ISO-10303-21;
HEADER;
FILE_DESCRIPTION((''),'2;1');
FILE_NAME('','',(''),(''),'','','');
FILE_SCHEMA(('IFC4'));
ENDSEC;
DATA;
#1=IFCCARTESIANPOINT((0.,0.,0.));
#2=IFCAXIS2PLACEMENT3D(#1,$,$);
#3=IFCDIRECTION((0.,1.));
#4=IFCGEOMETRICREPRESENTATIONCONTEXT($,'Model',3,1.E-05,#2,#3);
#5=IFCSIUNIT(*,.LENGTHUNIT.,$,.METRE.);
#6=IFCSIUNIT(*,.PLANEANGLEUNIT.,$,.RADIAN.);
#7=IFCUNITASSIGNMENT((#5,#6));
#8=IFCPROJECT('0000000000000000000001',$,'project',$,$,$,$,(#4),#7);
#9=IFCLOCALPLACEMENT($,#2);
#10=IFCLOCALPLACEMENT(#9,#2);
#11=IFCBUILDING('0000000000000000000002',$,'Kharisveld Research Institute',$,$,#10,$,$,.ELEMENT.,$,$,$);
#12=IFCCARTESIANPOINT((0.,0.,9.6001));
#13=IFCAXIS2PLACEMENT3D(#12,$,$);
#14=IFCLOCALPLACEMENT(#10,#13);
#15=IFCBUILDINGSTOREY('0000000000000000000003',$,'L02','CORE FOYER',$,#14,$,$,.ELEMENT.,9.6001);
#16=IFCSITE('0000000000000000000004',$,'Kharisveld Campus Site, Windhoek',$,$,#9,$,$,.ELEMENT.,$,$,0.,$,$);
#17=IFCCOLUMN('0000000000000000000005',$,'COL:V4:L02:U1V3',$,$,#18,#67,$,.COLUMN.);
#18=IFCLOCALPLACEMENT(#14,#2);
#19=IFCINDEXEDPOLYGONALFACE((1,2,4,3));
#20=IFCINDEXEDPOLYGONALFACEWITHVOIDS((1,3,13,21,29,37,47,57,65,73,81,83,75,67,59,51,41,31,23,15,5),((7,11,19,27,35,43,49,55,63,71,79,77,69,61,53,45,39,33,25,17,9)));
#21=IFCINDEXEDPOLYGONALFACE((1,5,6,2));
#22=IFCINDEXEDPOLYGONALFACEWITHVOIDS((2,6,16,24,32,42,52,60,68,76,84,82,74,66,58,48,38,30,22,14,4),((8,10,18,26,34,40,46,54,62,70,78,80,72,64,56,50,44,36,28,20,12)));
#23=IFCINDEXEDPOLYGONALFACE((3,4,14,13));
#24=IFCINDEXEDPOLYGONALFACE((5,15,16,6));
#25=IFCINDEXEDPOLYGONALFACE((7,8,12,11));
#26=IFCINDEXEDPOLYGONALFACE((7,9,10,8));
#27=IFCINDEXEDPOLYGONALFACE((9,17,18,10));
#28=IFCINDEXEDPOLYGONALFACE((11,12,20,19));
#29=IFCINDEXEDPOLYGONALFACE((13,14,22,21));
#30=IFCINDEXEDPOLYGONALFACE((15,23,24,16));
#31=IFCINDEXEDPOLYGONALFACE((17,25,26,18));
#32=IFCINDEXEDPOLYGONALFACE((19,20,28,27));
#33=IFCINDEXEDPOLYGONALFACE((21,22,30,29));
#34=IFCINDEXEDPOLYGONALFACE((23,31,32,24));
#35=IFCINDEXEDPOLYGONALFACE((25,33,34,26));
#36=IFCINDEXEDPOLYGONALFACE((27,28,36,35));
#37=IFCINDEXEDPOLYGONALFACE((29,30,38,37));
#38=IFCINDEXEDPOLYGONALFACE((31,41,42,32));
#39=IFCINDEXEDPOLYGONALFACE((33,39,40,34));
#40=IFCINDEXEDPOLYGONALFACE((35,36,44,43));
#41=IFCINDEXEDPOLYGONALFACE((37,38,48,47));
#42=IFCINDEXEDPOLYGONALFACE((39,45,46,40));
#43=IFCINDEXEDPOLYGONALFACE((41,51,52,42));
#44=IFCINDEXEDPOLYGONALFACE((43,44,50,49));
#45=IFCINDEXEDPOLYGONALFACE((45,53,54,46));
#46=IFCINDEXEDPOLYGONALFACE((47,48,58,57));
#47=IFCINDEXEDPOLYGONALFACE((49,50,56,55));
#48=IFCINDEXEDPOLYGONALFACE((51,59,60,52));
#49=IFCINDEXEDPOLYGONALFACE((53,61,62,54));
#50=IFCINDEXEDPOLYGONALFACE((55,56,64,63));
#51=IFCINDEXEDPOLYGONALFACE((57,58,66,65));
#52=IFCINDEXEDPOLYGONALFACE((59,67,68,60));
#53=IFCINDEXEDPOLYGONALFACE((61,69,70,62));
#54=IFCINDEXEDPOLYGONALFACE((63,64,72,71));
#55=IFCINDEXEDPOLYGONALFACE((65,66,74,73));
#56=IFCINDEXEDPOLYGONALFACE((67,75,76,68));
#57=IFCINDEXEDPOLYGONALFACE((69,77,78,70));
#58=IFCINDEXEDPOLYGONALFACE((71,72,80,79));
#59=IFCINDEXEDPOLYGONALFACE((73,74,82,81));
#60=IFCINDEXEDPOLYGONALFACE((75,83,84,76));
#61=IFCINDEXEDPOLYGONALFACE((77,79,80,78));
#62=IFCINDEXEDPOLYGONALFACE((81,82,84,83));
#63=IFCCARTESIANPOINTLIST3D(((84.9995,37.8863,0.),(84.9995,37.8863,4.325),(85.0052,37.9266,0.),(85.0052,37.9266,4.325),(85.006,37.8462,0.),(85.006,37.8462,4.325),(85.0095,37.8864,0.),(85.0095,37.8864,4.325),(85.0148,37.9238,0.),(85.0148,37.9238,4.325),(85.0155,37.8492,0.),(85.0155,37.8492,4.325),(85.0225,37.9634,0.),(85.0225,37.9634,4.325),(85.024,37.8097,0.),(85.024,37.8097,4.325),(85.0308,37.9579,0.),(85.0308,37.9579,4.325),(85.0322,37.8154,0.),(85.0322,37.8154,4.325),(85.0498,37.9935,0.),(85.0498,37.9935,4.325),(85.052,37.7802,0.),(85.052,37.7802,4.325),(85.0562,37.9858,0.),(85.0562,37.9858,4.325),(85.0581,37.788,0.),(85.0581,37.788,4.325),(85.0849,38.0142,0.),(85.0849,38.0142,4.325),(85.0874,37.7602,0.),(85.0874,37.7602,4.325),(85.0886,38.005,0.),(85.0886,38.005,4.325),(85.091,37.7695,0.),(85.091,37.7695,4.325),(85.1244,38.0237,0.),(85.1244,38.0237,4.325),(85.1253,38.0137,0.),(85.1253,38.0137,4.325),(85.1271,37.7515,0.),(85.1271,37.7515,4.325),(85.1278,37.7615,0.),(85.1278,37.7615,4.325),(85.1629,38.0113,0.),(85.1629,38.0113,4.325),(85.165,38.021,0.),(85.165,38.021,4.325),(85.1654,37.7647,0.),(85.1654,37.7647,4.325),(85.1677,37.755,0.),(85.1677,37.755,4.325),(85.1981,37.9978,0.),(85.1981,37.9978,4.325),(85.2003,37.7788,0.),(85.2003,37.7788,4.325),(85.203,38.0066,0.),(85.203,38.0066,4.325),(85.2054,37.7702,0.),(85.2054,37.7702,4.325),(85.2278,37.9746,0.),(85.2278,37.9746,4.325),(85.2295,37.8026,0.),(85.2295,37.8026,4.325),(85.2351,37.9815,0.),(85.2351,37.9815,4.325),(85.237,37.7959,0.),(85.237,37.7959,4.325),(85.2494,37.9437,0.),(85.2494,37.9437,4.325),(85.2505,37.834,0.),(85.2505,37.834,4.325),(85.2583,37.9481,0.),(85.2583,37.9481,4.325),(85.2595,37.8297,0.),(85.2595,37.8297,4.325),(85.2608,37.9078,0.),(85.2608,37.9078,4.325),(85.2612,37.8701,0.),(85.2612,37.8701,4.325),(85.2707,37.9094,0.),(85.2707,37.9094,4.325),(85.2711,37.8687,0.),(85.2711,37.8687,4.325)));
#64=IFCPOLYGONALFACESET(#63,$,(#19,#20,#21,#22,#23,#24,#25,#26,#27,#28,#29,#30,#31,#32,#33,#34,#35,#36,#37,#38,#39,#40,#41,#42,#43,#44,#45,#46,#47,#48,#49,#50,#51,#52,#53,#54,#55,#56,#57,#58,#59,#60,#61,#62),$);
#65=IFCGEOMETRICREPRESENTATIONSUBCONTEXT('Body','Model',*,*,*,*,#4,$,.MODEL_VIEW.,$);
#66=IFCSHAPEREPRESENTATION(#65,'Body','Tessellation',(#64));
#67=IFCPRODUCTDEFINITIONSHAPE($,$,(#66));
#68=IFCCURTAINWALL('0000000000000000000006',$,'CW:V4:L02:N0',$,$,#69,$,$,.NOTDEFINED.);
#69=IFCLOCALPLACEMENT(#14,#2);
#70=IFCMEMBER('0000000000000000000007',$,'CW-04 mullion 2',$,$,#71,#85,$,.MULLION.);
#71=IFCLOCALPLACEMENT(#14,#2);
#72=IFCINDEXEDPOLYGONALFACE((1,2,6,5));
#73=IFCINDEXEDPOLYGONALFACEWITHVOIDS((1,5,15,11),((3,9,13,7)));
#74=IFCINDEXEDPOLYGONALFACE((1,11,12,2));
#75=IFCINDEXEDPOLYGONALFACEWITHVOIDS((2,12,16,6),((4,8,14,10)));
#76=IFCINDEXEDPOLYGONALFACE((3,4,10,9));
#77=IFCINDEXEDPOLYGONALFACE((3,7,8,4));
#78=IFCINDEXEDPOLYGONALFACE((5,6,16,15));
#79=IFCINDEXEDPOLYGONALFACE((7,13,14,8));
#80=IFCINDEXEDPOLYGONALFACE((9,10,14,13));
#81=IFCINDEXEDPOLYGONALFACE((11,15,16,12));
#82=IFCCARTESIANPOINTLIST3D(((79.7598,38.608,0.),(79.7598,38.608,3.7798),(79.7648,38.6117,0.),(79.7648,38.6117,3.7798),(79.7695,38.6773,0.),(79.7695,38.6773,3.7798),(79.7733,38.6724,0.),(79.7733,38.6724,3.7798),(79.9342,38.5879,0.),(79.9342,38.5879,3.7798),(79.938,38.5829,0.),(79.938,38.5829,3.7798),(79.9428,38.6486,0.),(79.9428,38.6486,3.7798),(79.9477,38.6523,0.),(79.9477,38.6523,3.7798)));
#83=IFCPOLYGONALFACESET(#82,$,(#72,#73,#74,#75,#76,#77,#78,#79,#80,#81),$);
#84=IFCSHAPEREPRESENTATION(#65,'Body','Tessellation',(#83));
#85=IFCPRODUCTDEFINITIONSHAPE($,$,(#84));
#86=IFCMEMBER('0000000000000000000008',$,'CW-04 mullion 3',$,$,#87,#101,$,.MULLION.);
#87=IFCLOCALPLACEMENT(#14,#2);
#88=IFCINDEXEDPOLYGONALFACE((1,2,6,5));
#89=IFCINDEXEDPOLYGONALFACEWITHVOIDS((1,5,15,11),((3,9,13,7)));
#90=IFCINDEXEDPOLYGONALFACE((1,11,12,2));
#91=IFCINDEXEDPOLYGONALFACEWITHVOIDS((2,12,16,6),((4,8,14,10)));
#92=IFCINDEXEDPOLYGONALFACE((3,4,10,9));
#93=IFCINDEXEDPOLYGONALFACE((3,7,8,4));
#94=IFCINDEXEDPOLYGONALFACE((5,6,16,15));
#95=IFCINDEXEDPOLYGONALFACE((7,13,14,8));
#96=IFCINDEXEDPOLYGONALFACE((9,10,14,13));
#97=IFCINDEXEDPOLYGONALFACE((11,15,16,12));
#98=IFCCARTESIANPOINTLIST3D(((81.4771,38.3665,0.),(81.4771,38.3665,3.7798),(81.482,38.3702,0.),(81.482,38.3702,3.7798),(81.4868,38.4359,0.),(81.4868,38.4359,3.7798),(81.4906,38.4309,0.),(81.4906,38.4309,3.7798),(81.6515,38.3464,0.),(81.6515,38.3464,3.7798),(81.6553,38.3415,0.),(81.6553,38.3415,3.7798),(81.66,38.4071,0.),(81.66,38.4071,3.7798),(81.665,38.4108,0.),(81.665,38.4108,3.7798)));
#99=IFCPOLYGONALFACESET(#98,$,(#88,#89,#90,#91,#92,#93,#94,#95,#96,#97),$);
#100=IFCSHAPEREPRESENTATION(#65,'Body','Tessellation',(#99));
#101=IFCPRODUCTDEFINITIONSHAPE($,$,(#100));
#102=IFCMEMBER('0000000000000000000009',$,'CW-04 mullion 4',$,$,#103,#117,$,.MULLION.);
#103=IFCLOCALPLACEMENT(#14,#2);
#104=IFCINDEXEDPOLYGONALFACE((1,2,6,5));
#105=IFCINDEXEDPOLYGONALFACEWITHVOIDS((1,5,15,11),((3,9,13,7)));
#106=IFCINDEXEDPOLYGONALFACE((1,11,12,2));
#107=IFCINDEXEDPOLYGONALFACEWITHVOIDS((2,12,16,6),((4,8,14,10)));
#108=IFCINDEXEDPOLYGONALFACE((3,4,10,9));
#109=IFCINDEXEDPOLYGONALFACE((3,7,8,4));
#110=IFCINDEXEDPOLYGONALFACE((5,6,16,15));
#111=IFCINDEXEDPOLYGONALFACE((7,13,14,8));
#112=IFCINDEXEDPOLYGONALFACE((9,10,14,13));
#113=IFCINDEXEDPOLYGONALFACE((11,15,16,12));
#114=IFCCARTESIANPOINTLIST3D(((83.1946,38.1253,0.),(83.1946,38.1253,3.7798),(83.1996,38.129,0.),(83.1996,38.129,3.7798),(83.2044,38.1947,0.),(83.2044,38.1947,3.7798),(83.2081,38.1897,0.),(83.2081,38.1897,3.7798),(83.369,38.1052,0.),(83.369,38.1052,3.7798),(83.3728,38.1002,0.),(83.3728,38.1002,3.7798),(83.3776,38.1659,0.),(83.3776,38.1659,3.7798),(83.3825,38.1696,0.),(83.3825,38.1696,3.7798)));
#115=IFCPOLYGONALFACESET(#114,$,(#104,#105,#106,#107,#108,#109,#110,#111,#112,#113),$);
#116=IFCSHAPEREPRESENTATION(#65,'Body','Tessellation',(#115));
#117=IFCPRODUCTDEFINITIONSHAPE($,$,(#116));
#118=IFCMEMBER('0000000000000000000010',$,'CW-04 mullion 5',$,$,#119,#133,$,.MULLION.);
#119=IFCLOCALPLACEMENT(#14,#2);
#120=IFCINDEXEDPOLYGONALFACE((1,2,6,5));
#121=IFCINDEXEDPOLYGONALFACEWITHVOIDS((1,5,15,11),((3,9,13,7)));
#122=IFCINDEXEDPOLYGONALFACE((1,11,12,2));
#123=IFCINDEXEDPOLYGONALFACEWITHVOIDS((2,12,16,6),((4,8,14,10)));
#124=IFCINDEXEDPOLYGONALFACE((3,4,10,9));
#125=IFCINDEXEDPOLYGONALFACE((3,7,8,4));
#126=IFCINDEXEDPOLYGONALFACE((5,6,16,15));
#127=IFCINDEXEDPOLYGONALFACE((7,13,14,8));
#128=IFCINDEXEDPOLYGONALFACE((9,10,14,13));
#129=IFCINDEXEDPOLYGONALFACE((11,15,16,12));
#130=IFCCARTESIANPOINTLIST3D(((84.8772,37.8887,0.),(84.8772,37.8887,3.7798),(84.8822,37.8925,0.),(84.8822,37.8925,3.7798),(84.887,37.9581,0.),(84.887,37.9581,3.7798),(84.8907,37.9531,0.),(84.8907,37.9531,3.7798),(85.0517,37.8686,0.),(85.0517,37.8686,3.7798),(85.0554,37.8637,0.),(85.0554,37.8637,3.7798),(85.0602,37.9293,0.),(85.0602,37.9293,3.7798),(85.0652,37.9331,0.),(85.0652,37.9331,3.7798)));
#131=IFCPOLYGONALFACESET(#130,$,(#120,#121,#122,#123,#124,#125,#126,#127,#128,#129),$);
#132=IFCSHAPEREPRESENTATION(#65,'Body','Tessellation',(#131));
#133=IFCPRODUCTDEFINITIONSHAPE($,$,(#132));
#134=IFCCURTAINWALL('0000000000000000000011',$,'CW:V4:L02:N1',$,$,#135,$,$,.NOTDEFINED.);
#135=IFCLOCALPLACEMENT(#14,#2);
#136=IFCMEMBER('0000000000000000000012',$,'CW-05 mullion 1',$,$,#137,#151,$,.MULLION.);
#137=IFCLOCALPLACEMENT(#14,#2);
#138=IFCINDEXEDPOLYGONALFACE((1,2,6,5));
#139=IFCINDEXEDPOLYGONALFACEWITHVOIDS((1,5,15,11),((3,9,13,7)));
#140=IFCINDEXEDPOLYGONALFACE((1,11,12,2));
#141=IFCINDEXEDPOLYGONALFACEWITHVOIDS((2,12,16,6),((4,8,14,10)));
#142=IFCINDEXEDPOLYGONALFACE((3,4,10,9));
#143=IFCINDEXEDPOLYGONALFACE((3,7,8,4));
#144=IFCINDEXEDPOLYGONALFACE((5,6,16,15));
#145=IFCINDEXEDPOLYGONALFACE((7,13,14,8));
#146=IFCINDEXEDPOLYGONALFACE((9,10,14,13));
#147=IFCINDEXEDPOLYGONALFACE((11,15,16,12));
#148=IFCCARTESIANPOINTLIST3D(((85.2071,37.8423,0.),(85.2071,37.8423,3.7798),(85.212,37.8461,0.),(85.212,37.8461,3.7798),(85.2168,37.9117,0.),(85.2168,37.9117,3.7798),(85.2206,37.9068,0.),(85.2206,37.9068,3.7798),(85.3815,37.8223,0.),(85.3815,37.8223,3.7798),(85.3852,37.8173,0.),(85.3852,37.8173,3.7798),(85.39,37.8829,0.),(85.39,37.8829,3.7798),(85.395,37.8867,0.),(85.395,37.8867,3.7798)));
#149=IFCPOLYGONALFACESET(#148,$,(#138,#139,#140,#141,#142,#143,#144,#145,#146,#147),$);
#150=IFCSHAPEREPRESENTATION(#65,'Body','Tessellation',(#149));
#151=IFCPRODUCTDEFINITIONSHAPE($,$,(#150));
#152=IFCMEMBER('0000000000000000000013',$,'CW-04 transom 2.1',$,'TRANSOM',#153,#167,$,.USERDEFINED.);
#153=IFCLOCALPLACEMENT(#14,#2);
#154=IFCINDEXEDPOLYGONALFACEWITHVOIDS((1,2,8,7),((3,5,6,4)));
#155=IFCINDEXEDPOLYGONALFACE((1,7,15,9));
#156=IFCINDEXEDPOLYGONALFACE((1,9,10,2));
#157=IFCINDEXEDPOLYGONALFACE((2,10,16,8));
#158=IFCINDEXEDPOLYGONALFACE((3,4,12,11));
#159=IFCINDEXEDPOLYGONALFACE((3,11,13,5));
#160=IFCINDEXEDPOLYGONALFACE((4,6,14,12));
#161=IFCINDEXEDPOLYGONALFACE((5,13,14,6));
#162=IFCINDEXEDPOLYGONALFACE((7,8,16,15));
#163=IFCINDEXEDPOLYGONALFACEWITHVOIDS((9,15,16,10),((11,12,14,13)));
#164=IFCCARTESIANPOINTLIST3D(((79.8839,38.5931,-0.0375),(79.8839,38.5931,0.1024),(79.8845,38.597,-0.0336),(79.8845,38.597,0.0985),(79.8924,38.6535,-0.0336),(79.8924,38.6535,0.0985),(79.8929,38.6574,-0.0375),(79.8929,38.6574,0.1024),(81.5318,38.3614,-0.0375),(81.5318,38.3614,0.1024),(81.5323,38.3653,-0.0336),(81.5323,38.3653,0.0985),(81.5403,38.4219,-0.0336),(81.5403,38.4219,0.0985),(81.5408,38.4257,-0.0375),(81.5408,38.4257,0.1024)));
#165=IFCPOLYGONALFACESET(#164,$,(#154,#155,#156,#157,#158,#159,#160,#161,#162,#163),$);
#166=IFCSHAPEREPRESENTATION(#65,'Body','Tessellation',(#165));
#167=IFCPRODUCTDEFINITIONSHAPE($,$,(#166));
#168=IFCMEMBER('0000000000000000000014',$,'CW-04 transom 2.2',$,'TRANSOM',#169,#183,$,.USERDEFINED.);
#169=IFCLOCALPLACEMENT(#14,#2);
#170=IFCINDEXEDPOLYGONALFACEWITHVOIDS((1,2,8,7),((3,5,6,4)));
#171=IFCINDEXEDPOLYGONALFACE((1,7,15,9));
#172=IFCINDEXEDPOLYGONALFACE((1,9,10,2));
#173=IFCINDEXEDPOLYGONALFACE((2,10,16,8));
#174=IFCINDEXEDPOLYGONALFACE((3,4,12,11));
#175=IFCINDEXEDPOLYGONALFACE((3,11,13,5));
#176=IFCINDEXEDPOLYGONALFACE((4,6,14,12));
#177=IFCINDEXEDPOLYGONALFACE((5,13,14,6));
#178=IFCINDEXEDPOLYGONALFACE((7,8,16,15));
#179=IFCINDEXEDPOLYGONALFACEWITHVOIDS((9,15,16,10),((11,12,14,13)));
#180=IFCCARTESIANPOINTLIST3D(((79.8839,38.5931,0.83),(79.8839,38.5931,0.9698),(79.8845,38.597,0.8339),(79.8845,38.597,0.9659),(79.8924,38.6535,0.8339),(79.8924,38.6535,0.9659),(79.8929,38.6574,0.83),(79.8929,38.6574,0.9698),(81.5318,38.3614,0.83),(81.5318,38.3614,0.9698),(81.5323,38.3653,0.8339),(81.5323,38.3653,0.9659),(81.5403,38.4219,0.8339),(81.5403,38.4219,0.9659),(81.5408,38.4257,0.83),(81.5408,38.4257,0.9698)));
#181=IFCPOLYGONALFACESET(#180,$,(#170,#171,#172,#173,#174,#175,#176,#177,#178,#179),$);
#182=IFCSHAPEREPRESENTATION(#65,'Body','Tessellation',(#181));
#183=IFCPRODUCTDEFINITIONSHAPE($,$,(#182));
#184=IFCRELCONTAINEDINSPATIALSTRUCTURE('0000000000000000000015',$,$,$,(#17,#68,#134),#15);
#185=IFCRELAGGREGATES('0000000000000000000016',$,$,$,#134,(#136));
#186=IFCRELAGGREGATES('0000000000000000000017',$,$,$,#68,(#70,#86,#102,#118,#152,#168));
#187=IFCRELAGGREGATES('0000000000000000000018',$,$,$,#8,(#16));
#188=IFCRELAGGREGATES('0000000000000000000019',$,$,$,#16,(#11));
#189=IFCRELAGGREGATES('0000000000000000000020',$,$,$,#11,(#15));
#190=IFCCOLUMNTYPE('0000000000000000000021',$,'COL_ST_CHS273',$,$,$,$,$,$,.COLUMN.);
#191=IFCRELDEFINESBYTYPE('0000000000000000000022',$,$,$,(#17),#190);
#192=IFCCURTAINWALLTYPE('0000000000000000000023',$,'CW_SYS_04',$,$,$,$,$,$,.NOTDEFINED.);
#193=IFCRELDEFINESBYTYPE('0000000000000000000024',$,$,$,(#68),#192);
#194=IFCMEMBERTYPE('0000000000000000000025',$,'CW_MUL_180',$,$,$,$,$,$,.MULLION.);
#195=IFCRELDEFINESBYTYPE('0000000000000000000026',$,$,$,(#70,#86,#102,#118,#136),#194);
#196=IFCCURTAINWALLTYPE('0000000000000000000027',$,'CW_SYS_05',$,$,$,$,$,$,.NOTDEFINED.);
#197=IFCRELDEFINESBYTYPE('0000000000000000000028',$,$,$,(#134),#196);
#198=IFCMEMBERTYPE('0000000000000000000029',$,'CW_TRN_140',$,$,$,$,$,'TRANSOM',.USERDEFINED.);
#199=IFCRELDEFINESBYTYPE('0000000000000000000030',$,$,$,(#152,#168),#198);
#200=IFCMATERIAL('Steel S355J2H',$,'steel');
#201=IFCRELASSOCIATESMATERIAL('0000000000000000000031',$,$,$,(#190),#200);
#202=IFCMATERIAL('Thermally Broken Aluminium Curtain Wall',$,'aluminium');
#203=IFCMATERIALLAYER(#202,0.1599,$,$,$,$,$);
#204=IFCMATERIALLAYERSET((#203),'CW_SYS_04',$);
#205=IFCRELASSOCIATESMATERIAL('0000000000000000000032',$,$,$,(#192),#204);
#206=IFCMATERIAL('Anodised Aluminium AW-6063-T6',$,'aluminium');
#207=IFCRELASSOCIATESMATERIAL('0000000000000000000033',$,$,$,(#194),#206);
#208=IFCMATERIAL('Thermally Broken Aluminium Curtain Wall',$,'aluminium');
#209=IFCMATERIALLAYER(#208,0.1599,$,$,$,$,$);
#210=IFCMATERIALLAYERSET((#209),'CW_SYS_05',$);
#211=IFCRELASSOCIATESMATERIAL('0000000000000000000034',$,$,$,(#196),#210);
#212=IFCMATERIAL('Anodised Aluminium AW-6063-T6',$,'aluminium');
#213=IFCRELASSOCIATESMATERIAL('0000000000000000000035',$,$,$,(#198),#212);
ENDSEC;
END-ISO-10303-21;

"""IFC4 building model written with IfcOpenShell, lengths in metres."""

from ifc_helpers import new_model, si_unit, direction, frame, origin, origin_2d, place, context, subcontext, project, spatial, hollow_rectangle, hollow_circle, extrude, material, layer, layer_set, material_profile, profile_set, type_object, element, aggregate, save


model = new_model("IFC4")

# Units and contexts
model_context = context("Model", 3, precision=1e-05, world=origin(), true_north=direction((0.0, 1.0)))
body_context = subcontext(model_context, "Body", "Model", "MODEL_VIEW")
ifc_project = project(units=[si_unit("LENGTHUNIT", "METRE"), si_unit("PLANEANGLEUNIT", "RADIAN")], contexts=[model_context])

# Site, building, storey
site_placement = place(None, origin())
site = spatial("IfcSite", under=ifc_project, at=site_placement, Name="Kharisveld Campus Site, Windhoek", CompositionType="ELEMENT", RefElevation=0.0)
building_placement = place(site_placement, origin())
building = spatial("IfcBuilding", under=site, at=building_placement, Name="Kharisveld Research Institute", CompositionType="ELEMENT")
storey_placement = place(building_placement, frame((0.0, 0.0, 9.6001)))
storey = spatial("IfcBuildingStorey", under=building, at=storey_placement, Name="L02", Description="CORE FOYER", CompositionType="ELEMENT", Elevation=9.6001)

# Column
ifc_material_1 = material(Name="Steel S355J2H", Category="steel")
ifc_material_profile_1 = material_profile(ifc_material_1, hollow_circle(Radius=0.1365, WallThickness=0.01, at=origin_2d()))
ifc_profile_set_1 = profile_set([ifc_material_profile_1], Name="Steel S355J2H")
column_type = type_object("IfcColumnType", Name="COL_ST_CHS273", PredefinedType="COLUMN", material=ifc_profile_set_1)
column_placement = place(storey_placement, frame((85.136, 37.8877, 0.0), z_axis=(0.0, 0.0, 1.0), x_axis=(0.990268, -0.139173, 0.0)))
element("IfcColumn", 1, at=column_placement, inside=storey, type_object=column_type, Name="COL:V4:L02:U1V3", PredefinedType="COLUMN", context=body_context, shape_type="SweptSolid", body=[
    extrude(hollow_circle(Radius=0.1365, WallThickness=0.01, at=origin_2d()), origin(), (0.0, 0.0, 1.0), 4.325),
])

# Curtain wall, members
ifc_material_2 = material(Name="Thermally Broken Aluminium Curtain Wall", Category="aluminium")
ifc_layer_1 = layer(ifc_material_2, 0.1599)
ifc_layer_set_1 = layer_set([ifc_layer_1], Name="CW_SYS_04")
curtain_wall_type_1 = type_object("IfcCurtainWallType", Name="CW_SYS_04", PredefinedType="NOTDEFINED", material=ifc_layer_set_1)
curtain_wall_1_placement = place(storey_placement, origin())
curtain_wall_1 = element("IfcCurtainWall", 2, at=curtain_wall_1_placement, inside=storey, type_object=curtain_wall_type_1, Name="CW:V4:L02:N0", PredefinedType="NOTDEFINED")
ifc_material_3 = material(Name="Anodised Aluminium AW-6063-T6", Category="aluminium")
ifc_material_profile_2 = material_profile(ifc_material_3, hollow_rectangle(XDim=0.0701, YDim=0.1799, WallThickness=0.0044, at=origin_2d()))
ifc_profile_set_2 = profile_set([ifc_material_profile_2], Name="Anodised Aluminium AW-6063-T6")
member_type_1 = type_object("IfcMemberType", Name="CW_MUL_180", PredefinedType="MULLION", material=ifc_profile_set_2)
member_1_placement = place(storey_placement, frame((79.8538, 38.6301, 0.0), z_axis=(0.0, 0.0, 1.0), x_axis=(0.139173, 0.990268, 0.0)))
member_1 = element("IfcMember", 3, at=member_1_placement, type_object=member_type_1, Name="CW-04 mullion 2", PredefinedType="MULLION", context=body_context, shape_type="SweptSolid", body=[
    extrude(hollow_rectangle(XDim=0.0701, YDim=0.1799, WallThickness=0.0044, at=origin_2d()), origin(), (0.0, 0.0, 1.0), 3.7798),
])
member_2_placement = place(storey_placement, frame((81.571, 38.3887, 0.0), z_axis=(0.0, 0.0, 1.0), x_axis=(0.139173, 0.990268, 0.0)))
member_2 = element("IfcMember", 4, at=member_2_placement, type_object=member_type_1, Name="CW-04 mullion 3", PredefinedType="MULLION", context=body_context, shape_type="SweptSolid", body=[
    extrude(hollow_rectangle(XDim=0.0701, YDim=0.1799, WallThickness=0.0044, at=origin_2d()), origin(), (0.0, 0.0, 1.0), 3.7798),
])
member_3_placement = place(storey_placement, frame((83.2886, 38.1475, 0.0), z_axis=(0.0, 0.0, 1.0), x_axis=(0.139173, 0.990268, 0.0)))
member_3 = element("IfcMember", 5, at=member_3_placement, type_object=member_type_1, Name="CW-04 mullion 4", PredefinedType="MULLION", context=body_context, shape_type="SweptSolid", body=[
    extrude(hollow_rectangle(XDim=0.0701, YDim=0.1799, WallThickness=0.0044, at=origin_2d()), origin(), (0.0, 0.0, 1.0), 3.7798),
])
member_4_placement = place(storey_placement, frame((84.9712, 37.9109, 0.0), z_axis=(0.0, 0.0, 1.0), x_axis=(0.139173, 0.990268, 0.0)))
member_4 = element("IfcMember", 6, at=member_4_placement, type_object=member_type_1, Name="CW-04 mullion 5", PredefinedType="MULLION", context=body_context, shape_type="SweptSolid", body=[
    extrude(hollow_rectangle(XDim=0.0701, YDim=0.1799, WallThickness=0.0044, at=origin_2d()), origin(), (0.0, 0.0, 1.0), 3.7798),
])

# Curtain wall, member
ifc_material_4 = material(Name="Thermally Broken Aluminium Curtain Wall", Category="aluminium")
ifc_layer_2 = layer(ifc_material_4, 0.1599)
ifc_layer_set_2 = layer_set([ifc_layer_2], Name="CW_SYS_05")
curtain_wall_type_2 = type_object("IfcCurtainWallType", Name="CW_SYS_05", PredefinedType="NOTDEFINED", material=ifc_layer_set_2)
curtain_wall_2_placement = place(storey_placement, origin())
curtain_wall_2 = element("IfcCurtainWall", 7, at=curtain_wall_2_placement, inside=storey, type_object=curtain_wall_type_2, Name="CW:V4:L02:N1", PredefinedType="NOTDEFINED")
member_5_placement = place(storey_placement, frame((85.301, 37.8645, 0.0), z_axis=(0.0, 0.0, 1.0), x_axis=(0.139173, 0.990268, 0.0)))
member_5 = element("IfcMember", 8, at=member_5_placement, type_object=member_type_1, Name="CW-05 mullion 1", PredefinedType="MULLION", context=body_context, shape_type="SweptSolid", body=[
    extrude(hollow_rectangle(XDim=0.0701, YDim=0.1799, WallThickness=0.0044, at=origin_2d()), origin(), (0.0, 0.0, 1.0), 3.7798),
])

# Members
ifc_material_5 = material(Name="Anodised Aluminium AW-6063-T6", Category="aluminium")
ifc_material_profile_3 = material_profile(ifc_material_5, hollow_rectangle(XDim=0.0649, YDim=0.1399, WallThickness=0.0039, at=origin_2d()))
ifc_profile_set_3 = profile_set([ifc_material_profile_3], Name="Anodised Aluminium AW-6063-T6")
member_type_2 = type_object("IfcMemberType", Name="CW_TRN_140", ElementType="TRANSOM", PredefinedType="USERDEFINED", material=ifc_profile_set_3)
member_6_placement = place(storey_placement, frame((79.8884, 38.6252, 0.0325), z_axis=(0.990261, -0.139223, 0.0), x_axis=(0.139223, 0.990261, 0.0)))
member_6 = element("IfcMember", 9, at=member_6_placement, type_object=member_type_2, Name="CW-04 transom 2.1", ObjectType="TRANSOM", PredefinedType="USERDEFINED", context=body_context, shape_type="SweptSolid", body=[
    extrude(hollow_rectangle(XDim=0.0649, YDim=0.1399, WallThickness=0.0039, at=origin_2d()), origin(), (0.0, 0.0, 1.0), 1.6641),
])
member_7_placement = place(storey_placement, frame((79.8884, 38.6252, 0.8999), z_axis=(0.990261, -0.139223, 0.0), x_axis=(0.139223, 0.990261, 0.0)))
member_7 = element("IfcMember", 10, at=member_7_placement, type_object=member_type_2, Name="CW-04 transom 2.2", ObjectType="TRANSOM", PredefinedType="USERDEFINED", context=body_context, shape_type="SweptSolid", body=[
    extrude(hollow_rectangle(XDim=0.0649, YDim=0.1399, WallThickness=0.0039, at=origin_2d()), origin(), (0.0, 0.0, 1.0), 1.6641),
])
aggregate(curtain_wall_2, [member_5])

aggregate(curtain_wall_1, [member_1, member_2, member_3, member_4, member_6, member_7])

save(model, "model.ifc")
